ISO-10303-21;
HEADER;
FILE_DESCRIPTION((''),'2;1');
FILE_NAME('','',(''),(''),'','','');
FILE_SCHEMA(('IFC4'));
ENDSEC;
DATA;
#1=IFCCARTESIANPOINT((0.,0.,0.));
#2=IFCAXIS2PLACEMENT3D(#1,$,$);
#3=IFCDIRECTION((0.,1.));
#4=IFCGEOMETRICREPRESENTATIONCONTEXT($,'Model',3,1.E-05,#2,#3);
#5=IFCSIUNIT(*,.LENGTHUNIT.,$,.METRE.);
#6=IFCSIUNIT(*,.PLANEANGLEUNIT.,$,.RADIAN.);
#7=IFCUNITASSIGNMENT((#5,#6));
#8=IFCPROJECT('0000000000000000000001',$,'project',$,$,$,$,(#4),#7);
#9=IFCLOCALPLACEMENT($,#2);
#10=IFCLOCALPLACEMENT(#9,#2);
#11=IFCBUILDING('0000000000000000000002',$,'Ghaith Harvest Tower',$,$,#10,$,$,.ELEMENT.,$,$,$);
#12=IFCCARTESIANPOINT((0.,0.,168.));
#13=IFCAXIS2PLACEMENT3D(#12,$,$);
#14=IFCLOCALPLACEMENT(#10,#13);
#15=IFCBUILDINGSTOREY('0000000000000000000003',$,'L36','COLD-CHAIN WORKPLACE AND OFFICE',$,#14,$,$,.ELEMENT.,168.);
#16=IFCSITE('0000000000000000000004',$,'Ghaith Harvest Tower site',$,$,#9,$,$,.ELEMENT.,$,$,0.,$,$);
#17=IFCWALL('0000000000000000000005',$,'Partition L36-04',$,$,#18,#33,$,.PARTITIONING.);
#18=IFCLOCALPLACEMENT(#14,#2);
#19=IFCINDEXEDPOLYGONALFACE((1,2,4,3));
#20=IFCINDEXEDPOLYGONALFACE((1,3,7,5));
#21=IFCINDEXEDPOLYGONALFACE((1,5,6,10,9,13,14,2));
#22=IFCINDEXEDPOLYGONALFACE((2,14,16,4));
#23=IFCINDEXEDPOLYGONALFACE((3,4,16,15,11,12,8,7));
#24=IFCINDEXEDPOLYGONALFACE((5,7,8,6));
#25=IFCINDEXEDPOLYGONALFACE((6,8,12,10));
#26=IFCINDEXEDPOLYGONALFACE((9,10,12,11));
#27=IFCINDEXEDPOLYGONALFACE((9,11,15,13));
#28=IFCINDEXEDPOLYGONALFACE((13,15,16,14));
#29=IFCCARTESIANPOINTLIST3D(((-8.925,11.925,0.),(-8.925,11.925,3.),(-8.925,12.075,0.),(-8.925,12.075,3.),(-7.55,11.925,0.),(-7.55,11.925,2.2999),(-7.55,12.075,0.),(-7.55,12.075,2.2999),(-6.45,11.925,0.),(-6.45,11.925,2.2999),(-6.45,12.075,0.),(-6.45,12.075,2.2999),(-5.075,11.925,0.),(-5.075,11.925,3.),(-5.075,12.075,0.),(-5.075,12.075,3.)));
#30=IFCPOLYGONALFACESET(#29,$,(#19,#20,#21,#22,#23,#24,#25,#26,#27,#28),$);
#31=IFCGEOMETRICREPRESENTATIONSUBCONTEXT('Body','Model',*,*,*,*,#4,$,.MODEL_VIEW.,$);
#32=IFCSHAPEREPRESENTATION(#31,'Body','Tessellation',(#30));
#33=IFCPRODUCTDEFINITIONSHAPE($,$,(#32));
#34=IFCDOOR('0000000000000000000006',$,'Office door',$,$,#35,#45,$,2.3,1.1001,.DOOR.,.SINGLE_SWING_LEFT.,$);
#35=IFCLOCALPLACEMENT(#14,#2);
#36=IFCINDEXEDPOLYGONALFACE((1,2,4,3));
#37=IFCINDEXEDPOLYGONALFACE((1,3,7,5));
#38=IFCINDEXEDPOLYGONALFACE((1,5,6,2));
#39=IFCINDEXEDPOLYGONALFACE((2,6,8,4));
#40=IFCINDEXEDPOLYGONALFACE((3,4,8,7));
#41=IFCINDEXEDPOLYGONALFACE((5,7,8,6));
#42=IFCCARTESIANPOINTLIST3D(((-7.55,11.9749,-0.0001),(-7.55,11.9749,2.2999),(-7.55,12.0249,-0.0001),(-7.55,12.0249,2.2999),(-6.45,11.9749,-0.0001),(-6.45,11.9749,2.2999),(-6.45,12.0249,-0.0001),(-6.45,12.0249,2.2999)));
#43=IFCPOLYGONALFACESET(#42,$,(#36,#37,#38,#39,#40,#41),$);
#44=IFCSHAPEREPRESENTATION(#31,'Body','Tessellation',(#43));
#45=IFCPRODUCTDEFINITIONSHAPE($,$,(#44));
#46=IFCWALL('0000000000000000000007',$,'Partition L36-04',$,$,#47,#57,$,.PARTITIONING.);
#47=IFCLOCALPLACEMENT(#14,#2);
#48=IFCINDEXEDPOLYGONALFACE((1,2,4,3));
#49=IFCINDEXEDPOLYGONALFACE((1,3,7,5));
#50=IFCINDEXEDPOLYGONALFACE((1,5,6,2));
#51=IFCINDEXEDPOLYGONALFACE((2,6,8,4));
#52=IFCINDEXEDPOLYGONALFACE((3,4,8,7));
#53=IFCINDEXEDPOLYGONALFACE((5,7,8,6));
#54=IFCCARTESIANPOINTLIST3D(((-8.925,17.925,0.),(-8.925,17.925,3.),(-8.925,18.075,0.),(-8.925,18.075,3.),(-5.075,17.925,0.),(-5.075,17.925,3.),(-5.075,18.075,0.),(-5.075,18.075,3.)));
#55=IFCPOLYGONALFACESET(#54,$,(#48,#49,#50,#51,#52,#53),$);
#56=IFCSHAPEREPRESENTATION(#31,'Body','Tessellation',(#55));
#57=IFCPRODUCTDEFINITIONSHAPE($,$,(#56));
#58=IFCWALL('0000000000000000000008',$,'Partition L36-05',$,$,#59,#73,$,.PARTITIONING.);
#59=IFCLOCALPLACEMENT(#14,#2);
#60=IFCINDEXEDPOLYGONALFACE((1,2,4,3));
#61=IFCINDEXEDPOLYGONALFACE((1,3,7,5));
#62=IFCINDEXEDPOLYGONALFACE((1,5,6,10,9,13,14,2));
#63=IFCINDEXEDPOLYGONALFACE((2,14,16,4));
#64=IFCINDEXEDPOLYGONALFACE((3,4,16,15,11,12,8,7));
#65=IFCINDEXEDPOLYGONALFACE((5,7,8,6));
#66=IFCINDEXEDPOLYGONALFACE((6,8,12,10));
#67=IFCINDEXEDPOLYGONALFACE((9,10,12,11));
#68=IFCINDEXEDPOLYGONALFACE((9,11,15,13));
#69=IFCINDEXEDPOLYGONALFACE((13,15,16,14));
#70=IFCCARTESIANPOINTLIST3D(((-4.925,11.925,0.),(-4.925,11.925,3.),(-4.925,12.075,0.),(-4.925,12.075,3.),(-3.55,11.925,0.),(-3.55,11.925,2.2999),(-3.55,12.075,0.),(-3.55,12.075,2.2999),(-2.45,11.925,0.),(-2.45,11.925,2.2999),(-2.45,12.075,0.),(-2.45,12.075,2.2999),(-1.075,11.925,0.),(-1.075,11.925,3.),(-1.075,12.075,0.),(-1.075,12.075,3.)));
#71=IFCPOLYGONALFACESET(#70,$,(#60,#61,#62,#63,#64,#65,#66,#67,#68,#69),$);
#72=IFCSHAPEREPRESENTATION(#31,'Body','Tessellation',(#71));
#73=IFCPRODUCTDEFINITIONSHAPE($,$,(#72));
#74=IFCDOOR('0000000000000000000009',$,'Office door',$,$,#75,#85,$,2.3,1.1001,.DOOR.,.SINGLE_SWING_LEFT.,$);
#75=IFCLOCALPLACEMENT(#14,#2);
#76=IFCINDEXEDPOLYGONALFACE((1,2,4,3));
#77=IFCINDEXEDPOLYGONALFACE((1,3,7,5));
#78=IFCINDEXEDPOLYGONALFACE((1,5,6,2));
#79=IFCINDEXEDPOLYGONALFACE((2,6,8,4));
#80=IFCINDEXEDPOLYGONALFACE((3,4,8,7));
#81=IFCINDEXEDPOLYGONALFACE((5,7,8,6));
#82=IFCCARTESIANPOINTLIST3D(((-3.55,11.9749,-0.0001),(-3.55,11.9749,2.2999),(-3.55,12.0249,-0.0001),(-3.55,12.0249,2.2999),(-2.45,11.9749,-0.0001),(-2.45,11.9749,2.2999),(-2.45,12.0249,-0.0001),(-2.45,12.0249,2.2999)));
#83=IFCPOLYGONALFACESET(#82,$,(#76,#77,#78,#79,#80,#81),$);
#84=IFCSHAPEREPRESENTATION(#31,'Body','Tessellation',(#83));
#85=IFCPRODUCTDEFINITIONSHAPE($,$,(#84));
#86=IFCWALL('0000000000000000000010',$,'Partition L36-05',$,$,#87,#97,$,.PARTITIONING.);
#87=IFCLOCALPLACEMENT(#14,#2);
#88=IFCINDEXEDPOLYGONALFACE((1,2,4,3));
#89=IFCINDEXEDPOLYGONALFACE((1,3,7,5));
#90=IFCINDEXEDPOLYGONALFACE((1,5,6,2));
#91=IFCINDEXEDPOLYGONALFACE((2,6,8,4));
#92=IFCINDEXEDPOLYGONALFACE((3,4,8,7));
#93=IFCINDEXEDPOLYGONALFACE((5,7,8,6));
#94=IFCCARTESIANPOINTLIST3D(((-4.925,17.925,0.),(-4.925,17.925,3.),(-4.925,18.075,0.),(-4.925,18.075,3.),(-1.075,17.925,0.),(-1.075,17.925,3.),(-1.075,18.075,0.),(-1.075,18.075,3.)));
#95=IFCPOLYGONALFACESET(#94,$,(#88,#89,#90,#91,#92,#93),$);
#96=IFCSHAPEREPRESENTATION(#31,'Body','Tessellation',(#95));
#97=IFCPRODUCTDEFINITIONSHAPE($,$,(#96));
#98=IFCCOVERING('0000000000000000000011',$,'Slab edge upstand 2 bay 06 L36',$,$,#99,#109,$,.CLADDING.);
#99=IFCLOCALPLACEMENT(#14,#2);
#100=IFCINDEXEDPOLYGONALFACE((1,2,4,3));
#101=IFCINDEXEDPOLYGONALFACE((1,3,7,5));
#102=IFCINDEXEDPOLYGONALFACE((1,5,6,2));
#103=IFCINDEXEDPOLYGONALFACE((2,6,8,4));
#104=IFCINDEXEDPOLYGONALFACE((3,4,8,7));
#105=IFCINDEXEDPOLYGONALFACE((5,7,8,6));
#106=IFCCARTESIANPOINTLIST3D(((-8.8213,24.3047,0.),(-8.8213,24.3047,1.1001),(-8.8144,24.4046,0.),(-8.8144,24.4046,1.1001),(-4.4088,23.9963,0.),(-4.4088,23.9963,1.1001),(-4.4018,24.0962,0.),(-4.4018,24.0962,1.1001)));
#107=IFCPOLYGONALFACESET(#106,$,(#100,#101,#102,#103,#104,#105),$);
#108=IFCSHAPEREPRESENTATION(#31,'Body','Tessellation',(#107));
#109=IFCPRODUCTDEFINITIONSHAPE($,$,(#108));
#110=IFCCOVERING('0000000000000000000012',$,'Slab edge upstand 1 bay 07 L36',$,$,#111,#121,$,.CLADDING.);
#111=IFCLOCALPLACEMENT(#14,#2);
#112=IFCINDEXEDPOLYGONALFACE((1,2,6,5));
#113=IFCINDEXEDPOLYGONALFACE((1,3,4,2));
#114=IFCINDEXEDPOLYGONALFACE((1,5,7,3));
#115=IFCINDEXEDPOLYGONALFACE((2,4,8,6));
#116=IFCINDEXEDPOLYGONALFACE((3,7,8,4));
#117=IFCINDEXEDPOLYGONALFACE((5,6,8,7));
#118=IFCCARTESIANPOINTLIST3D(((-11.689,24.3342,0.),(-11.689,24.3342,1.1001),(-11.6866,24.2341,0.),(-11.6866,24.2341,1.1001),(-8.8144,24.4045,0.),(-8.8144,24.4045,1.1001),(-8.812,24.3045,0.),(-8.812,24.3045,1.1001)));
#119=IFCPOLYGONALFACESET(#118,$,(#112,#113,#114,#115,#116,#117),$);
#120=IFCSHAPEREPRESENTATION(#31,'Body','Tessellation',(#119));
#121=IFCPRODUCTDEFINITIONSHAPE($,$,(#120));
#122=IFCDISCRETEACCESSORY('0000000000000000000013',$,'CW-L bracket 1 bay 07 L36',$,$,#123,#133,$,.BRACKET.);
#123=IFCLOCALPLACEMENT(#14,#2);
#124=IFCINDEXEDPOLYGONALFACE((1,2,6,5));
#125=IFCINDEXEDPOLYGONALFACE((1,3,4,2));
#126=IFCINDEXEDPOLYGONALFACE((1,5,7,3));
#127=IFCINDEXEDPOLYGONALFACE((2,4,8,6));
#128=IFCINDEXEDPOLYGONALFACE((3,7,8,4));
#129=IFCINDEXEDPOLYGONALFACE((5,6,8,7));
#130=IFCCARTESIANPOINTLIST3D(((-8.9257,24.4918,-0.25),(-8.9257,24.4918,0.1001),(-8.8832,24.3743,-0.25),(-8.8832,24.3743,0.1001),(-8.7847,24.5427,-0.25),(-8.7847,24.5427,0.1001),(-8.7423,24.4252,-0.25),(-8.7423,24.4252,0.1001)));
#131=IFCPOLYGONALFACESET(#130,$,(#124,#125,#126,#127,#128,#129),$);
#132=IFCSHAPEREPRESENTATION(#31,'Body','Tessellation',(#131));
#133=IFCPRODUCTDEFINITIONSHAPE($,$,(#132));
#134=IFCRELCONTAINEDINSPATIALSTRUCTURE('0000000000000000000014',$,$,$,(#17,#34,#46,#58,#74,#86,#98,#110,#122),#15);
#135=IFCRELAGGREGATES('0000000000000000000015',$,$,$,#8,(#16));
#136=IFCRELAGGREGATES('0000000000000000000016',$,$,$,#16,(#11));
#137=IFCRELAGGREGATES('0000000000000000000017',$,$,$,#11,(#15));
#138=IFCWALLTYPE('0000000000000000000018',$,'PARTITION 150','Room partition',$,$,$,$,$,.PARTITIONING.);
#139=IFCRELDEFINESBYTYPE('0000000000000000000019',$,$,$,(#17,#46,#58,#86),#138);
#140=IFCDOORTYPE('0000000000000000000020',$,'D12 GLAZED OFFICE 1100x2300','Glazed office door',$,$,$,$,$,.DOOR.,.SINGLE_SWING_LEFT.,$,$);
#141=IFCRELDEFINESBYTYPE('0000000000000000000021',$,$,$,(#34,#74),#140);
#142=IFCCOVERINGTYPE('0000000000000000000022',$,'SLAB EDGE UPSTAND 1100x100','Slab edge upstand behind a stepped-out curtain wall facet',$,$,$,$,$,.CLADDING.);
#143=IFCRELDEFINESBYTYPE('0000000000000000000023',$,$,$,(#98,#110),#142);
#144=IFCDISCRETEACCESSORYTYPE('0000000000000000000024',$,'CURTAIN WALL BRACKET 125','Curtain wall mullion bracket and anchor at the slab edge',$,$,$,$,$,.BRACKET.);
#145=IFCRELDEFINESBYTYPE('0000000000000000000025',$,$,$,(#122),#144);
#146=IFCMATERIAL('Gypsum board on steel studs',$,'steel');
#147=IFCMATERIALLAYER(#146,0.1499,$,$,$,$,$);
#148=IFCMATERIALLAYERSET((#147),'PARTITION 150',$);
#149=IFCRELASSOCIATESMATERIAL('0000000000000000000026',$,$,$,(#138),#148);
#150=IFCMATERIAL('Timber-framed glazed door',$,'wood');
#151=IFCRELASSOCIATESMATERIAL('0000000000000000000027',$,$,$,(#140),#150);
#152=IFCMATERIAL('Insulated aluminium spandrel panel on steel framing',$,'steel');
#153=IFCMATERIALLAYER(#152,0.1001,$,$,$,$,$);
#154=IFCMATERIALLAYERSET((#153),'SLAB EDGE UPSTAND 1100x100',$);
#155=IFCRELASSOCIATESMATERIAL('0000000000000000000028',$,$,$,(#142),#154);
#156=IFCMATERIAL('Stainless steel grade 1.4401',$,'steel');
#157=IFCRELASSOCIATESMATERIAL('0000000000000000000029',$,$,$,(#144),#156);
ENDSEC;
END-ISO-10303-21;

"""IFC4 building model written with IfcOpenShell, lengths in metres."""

from ifc_helpers import new_model, si_unit, direction, frame, frame_2d, origin, origin_2d, place, context, subcontext, project, spatial, rectangle, extrude, material, layer, layer_set, type_object, element, fill, save


model = new_model("IFC4")

# Units and contexts
model_context = context("Model", 3, precision=1e-05, world=origin(), true_north=direction((0.0, 1.0)))
body_context = subcontext(model_context, "Body", "Model", "MODEL_VIEW")
ifc_project = project(units=[si_unit("LENGTHUNIT", "METRE"), si_unit("PLANEANGLEUNIT", "RADIAN")], contexts=[model_context])

# Site, building, storey
site_placement = place(None, origin())
site = spatial("IfcSite", under=ifc_project, at=site_placement, Name="Ghaith Harvest Tower site", CompositionType="ELEMENT", RefElevation=0.0)
building_placement = place(site_placement, origin())
building = spatial("IfcBuilding", under=site, at=building_placement, Name="Ghaith Harvest Tower", CompositionType="ELEMENT")
storey_placement = place(building_placement, frame((0.0, 0.0, 168.0)))
storey = spatial("IfcBuildingStorey", under=building, at=storey_placement, Name="L36", Description="COLD-CHAIN WORKPLACE AND OFFICE", CompositionType="ELEMENT", Elevation=168.0)

# Shared definitions
ifc_material_1 = material(Name="Gypsum board on steel studs", Category="steel")
ifc_layer_1 = layer(ifc_material_1, 0.1499)
ifc_layer_set_1 = layer_set([ifc_layer_1], Name="PARTITION 150")
wall_type = type_object("IfcWallType", Name="PARTITION 150", Description="Room partition", PredefinedType="PARTITIONING", material=ifc_layer_set_1)

# Shared definitions
ifc_material_2 = material(Name="Timber-framed glazed door", Category="wood")
door_type = type_object("IfcDoorType", Name="D12 GLAZED OFFICE 1100x2300", Description="Glazed office door", OperationType="SINGLE_SWING_LEFT", PredefinedType="DOOR", material=ifc_material_2)

# Wall, opening, door
wall_1_placement = place(storey_placement, frame((-8.925, 12.0, 0.0), z_axis=(0.0, 0.0, 1.0), x_axis=(1.0, 0.0, 0.0)))
wall_1 = element("IfcWall", 1, at=wall_1_placement, inside=storey, type_object=wall_type, Name="Partition L36-04", PredefinedType="PARTITIONING", context=body_context, shape_type="SweptSolid", body=[
    extrude(rectangle(XDim=3.8501, YDim=0.1499, at=frame_2d((1.925, 0.0))), origin(), (0.0, 0.0, 1.0), 3.0),
])
opening_1_placement = place(wall_1_placement, frame((1.375, 0.0, 0.0)))
opening_1 = element("IfcOpeningElement", 2, at=opening_1_placement, cuts=wall_1, PredefinedType="OPENING", context=body_context, shape_type="SweptSolid", body=[
    extrude(rectangle(XDim=1.1001, YDim=2.3, at=frame_2d((0.55, 1.1499))), frame((0.0, 0.085, 0.0), z_axis=(0.0, -1.0, 0.0), x_axis=(1.0, 0.0, 0.0)), (0.0, 0.0, 1.0), 0.1699),
])
door_1_placement = place(opening_1_placement, origin())
door_1 = element("IfcDoor", 3, at=door_1_placement, inside=storey, type_object=door_type, Name="Office door", OperationType="SINGLE_SWING_LEFT", OverallHeight=2.3, OverallWidth=1.1001, PredefinedType="DOOR", context=body_context, shape_type="SweptSolid", body=[
    extrude(rectangle(XDim=1.1001, YDim=2.3, at=frame_2d((0.55, 1.1499))), frame((0.0, 0.0249, 0.0), z_axis=(0.0, -1.0, 0.0), x_axis=(1.0, 0.0, 0.0)), (0.0, 0.0, 1.0), 0.05),
])
fill(opening_1, door_1)

# Wall
wall_2_placement = place(storey_placement, frame((-8.925, 18.0, 0.0), z_axis=(0.0, 0.0, 1.0), x_axis=(1.0, 0.0, 0.0)))
element("IfcWall", 4, at=wall_2_placement, inside=storey, type_object=wall_type, Name="Partition L36-04", PredefinedType="PARTITIONING", context=body_context, shape_type="SweptSolid", body=[
    extrude(rectangle(XDim=3.8501, YDim=0.1499, at=frame_2d((1.925, 0.0))), origin(), (0.0, 0.0, 1.0), 3.0),
])

# Wall, opening, door
wall_3_placement = place(storey_placement, frame((-4.925, 12.0, 0.0), z_axis=(0.0, 0.0, 1.0), x_axis=(1.0, 0.0, 0.0)))
wall_3 = element("IfcWall", 5, at=wall_3_placement, inside=storey, type_object=wall_type, Name="Partition L36-05", PredefinedType="PARTITIONING", context=body_context, shape_type="SweptSolid", body=[
    extrude(rectangle(XDim=3.8501, YDim=0.1499, at=frame_2d((1.925, 0.0))), origin(), (0.0, 0.0, 1.0), 3.0),
])
opening_2_placement = place(wall_3_placement, frame((1.375, 0.0, 0.0)))
opening_2 = element("IfcOpeningElement", 6, at=opening_2_placement, cuts=wall_3, PredefinedType="OPENING", context=body_context, shape_type="SweptSolid", body=[
    extrude(rectangle(XDim=1.1001, YDim=2.3, at=frame_2d((0.55, 1.1499))), frame((0.0, 0.085, 0.0), z_axis=(0.0, -1.0, 0.0), x_axis=(1.0, 0.0, 0.0)), (0.0, 0.0, 1.0), 0.1699),
])
door_2_placement = place(opening_2_placement, origin())
door_2 = element("IfcDoor", 7, at=door_2_placement, inside=storey, type_object=door_type, Name="Office door", OperationType="SINGLE_SWING_LEFT", OverallHeight=2.3, OverallWidth=1.1001, PredefinedType="DOOR", context=body_context, shape_type="SweptSolid", body=[
    extrude(rectangle(XDim=1.1001, YDim=2.3, at=frame_2d((0.55, 1.1499))), frame((0.0, 0.0249, 0.0), z_axis=(0.0, -1.0, 0.0), x_axis=(1.0, 0.0, 0.0)), (0.0, 0.0, 1.0), 0.05),
])
fill(opening_2, door_2)

# Wall
wall_4_placement = place(storey_placement, frame((-4.925, 18.0, 0.0), z_axis=(0.0, 0.0, 1.0), x_axis=(1.0, 0.0, 0.0)))
element("IfcWall", 8, at=wall_4_placement, inside=storey, type_object=wall_type, Name="Partition L36-05", PredefinedType="PARTITIONING", context=body_context, shape_type="SweptSolid", body=[
    extrude(rectangle(XDim=3.8501, YDim=0.1499, at=frame_2d((1.925, 0.0))), origin(), (0.0, 0.0, 1.0), 3.0),
])

# Coverings
ifc_material_3 = material(Name="Insulated aluminium spandrel panel on steel framing", Category="steel")
ifc_layer_2 = layer(ifc_material_3, 0.1001)
ifc_layer_set_2 = layer_set([ifc_layer_2], Name="SLAB EDGE UPSTAND 1100x100")
covering_type = type_object("IfcCoveringType", Name="SLAB EDGE UPSTAND 1100x100", Description="Slab edge upstand behind a stepped-out curtain wall facet", PredefinedType="CLADDING", material=ifc_layer_set_2)
covering_1_placement = place(storey_placement, frame((-6.6116, 24.2004, 0.0), z_axis=(0.0, 0.0, 1.0), x_axis=(-0.997566, 0.069726, 0.0)))
element("IfcCovering", 9, at=covering_1_placement, inside=storey, type_object=covering_type, Name="Slab edge upstand 2 bay 06 L36", PredefinedType="CLADDING", context=body_context, shape_type="SweptSolid", body=[
    extrude(rectangle(XDim=4.4233, YDim=0.1001, at=origin_2d()), origin(), (0.0, 0.0, 1.0), 1.1001),
])
covering_2_placement = place(storey_placement, frame((-10.2505, 24.3193, 0.0), z_axis=(0.0, 0.0, 1.0), x_axis=(-0.999701, -0.024458, 0.0)))
element("IfcCovering", 10, at=covering_2_placement, inside=storey, type_object=covering_type, Name="Slab edge upstand 1 bay 07 L36", PredefinedType="CLADDING", context=body_context, shape_type="SweptSolid", body=[
    extrude(rectangle(XDim=2.8755, YDim=0.1001, at=origin_2d()), origin(), (0.0, 0.0, 1.0), 1.1001),
])

# Discrete accessory
ifc_material_4 = material(Name="Stainless steel grade 1.4401", Category="steel")
discrete_accessory_type = type_object("IfcDiscreteAccessoryType", Name="CURTAIN WALL BRACKET 125", Description="Curtain wall mullion bracket and anchor at the slab edge", PredefinedType="BRACKET", material=ifc_material_4)
discrete_accessory_placement = place(storey_placement, frame((-8.834, 24.4585, -0.25), z_axis=(0.0, 0.0, 1.0), x_axis=(-0.339699, 0.940534, 0.0)))
element("IfcDiscreteAccessory", 11, at=discrete_accessory_placement, inside=storey, type_object=discrete_accessory_type, Name="CW-L bracket 1 bay 07 L36", PredefinedType="BRACKET", context=body_context, shape_type="SweptSolid", body=[
    extrude(rectangle(XDim=0.125, YDim=0.1499, at=origin_2d()), origin(), (0.0, 0.0, 1.0), 0.3501),
])

save(model, "model.ifc")
